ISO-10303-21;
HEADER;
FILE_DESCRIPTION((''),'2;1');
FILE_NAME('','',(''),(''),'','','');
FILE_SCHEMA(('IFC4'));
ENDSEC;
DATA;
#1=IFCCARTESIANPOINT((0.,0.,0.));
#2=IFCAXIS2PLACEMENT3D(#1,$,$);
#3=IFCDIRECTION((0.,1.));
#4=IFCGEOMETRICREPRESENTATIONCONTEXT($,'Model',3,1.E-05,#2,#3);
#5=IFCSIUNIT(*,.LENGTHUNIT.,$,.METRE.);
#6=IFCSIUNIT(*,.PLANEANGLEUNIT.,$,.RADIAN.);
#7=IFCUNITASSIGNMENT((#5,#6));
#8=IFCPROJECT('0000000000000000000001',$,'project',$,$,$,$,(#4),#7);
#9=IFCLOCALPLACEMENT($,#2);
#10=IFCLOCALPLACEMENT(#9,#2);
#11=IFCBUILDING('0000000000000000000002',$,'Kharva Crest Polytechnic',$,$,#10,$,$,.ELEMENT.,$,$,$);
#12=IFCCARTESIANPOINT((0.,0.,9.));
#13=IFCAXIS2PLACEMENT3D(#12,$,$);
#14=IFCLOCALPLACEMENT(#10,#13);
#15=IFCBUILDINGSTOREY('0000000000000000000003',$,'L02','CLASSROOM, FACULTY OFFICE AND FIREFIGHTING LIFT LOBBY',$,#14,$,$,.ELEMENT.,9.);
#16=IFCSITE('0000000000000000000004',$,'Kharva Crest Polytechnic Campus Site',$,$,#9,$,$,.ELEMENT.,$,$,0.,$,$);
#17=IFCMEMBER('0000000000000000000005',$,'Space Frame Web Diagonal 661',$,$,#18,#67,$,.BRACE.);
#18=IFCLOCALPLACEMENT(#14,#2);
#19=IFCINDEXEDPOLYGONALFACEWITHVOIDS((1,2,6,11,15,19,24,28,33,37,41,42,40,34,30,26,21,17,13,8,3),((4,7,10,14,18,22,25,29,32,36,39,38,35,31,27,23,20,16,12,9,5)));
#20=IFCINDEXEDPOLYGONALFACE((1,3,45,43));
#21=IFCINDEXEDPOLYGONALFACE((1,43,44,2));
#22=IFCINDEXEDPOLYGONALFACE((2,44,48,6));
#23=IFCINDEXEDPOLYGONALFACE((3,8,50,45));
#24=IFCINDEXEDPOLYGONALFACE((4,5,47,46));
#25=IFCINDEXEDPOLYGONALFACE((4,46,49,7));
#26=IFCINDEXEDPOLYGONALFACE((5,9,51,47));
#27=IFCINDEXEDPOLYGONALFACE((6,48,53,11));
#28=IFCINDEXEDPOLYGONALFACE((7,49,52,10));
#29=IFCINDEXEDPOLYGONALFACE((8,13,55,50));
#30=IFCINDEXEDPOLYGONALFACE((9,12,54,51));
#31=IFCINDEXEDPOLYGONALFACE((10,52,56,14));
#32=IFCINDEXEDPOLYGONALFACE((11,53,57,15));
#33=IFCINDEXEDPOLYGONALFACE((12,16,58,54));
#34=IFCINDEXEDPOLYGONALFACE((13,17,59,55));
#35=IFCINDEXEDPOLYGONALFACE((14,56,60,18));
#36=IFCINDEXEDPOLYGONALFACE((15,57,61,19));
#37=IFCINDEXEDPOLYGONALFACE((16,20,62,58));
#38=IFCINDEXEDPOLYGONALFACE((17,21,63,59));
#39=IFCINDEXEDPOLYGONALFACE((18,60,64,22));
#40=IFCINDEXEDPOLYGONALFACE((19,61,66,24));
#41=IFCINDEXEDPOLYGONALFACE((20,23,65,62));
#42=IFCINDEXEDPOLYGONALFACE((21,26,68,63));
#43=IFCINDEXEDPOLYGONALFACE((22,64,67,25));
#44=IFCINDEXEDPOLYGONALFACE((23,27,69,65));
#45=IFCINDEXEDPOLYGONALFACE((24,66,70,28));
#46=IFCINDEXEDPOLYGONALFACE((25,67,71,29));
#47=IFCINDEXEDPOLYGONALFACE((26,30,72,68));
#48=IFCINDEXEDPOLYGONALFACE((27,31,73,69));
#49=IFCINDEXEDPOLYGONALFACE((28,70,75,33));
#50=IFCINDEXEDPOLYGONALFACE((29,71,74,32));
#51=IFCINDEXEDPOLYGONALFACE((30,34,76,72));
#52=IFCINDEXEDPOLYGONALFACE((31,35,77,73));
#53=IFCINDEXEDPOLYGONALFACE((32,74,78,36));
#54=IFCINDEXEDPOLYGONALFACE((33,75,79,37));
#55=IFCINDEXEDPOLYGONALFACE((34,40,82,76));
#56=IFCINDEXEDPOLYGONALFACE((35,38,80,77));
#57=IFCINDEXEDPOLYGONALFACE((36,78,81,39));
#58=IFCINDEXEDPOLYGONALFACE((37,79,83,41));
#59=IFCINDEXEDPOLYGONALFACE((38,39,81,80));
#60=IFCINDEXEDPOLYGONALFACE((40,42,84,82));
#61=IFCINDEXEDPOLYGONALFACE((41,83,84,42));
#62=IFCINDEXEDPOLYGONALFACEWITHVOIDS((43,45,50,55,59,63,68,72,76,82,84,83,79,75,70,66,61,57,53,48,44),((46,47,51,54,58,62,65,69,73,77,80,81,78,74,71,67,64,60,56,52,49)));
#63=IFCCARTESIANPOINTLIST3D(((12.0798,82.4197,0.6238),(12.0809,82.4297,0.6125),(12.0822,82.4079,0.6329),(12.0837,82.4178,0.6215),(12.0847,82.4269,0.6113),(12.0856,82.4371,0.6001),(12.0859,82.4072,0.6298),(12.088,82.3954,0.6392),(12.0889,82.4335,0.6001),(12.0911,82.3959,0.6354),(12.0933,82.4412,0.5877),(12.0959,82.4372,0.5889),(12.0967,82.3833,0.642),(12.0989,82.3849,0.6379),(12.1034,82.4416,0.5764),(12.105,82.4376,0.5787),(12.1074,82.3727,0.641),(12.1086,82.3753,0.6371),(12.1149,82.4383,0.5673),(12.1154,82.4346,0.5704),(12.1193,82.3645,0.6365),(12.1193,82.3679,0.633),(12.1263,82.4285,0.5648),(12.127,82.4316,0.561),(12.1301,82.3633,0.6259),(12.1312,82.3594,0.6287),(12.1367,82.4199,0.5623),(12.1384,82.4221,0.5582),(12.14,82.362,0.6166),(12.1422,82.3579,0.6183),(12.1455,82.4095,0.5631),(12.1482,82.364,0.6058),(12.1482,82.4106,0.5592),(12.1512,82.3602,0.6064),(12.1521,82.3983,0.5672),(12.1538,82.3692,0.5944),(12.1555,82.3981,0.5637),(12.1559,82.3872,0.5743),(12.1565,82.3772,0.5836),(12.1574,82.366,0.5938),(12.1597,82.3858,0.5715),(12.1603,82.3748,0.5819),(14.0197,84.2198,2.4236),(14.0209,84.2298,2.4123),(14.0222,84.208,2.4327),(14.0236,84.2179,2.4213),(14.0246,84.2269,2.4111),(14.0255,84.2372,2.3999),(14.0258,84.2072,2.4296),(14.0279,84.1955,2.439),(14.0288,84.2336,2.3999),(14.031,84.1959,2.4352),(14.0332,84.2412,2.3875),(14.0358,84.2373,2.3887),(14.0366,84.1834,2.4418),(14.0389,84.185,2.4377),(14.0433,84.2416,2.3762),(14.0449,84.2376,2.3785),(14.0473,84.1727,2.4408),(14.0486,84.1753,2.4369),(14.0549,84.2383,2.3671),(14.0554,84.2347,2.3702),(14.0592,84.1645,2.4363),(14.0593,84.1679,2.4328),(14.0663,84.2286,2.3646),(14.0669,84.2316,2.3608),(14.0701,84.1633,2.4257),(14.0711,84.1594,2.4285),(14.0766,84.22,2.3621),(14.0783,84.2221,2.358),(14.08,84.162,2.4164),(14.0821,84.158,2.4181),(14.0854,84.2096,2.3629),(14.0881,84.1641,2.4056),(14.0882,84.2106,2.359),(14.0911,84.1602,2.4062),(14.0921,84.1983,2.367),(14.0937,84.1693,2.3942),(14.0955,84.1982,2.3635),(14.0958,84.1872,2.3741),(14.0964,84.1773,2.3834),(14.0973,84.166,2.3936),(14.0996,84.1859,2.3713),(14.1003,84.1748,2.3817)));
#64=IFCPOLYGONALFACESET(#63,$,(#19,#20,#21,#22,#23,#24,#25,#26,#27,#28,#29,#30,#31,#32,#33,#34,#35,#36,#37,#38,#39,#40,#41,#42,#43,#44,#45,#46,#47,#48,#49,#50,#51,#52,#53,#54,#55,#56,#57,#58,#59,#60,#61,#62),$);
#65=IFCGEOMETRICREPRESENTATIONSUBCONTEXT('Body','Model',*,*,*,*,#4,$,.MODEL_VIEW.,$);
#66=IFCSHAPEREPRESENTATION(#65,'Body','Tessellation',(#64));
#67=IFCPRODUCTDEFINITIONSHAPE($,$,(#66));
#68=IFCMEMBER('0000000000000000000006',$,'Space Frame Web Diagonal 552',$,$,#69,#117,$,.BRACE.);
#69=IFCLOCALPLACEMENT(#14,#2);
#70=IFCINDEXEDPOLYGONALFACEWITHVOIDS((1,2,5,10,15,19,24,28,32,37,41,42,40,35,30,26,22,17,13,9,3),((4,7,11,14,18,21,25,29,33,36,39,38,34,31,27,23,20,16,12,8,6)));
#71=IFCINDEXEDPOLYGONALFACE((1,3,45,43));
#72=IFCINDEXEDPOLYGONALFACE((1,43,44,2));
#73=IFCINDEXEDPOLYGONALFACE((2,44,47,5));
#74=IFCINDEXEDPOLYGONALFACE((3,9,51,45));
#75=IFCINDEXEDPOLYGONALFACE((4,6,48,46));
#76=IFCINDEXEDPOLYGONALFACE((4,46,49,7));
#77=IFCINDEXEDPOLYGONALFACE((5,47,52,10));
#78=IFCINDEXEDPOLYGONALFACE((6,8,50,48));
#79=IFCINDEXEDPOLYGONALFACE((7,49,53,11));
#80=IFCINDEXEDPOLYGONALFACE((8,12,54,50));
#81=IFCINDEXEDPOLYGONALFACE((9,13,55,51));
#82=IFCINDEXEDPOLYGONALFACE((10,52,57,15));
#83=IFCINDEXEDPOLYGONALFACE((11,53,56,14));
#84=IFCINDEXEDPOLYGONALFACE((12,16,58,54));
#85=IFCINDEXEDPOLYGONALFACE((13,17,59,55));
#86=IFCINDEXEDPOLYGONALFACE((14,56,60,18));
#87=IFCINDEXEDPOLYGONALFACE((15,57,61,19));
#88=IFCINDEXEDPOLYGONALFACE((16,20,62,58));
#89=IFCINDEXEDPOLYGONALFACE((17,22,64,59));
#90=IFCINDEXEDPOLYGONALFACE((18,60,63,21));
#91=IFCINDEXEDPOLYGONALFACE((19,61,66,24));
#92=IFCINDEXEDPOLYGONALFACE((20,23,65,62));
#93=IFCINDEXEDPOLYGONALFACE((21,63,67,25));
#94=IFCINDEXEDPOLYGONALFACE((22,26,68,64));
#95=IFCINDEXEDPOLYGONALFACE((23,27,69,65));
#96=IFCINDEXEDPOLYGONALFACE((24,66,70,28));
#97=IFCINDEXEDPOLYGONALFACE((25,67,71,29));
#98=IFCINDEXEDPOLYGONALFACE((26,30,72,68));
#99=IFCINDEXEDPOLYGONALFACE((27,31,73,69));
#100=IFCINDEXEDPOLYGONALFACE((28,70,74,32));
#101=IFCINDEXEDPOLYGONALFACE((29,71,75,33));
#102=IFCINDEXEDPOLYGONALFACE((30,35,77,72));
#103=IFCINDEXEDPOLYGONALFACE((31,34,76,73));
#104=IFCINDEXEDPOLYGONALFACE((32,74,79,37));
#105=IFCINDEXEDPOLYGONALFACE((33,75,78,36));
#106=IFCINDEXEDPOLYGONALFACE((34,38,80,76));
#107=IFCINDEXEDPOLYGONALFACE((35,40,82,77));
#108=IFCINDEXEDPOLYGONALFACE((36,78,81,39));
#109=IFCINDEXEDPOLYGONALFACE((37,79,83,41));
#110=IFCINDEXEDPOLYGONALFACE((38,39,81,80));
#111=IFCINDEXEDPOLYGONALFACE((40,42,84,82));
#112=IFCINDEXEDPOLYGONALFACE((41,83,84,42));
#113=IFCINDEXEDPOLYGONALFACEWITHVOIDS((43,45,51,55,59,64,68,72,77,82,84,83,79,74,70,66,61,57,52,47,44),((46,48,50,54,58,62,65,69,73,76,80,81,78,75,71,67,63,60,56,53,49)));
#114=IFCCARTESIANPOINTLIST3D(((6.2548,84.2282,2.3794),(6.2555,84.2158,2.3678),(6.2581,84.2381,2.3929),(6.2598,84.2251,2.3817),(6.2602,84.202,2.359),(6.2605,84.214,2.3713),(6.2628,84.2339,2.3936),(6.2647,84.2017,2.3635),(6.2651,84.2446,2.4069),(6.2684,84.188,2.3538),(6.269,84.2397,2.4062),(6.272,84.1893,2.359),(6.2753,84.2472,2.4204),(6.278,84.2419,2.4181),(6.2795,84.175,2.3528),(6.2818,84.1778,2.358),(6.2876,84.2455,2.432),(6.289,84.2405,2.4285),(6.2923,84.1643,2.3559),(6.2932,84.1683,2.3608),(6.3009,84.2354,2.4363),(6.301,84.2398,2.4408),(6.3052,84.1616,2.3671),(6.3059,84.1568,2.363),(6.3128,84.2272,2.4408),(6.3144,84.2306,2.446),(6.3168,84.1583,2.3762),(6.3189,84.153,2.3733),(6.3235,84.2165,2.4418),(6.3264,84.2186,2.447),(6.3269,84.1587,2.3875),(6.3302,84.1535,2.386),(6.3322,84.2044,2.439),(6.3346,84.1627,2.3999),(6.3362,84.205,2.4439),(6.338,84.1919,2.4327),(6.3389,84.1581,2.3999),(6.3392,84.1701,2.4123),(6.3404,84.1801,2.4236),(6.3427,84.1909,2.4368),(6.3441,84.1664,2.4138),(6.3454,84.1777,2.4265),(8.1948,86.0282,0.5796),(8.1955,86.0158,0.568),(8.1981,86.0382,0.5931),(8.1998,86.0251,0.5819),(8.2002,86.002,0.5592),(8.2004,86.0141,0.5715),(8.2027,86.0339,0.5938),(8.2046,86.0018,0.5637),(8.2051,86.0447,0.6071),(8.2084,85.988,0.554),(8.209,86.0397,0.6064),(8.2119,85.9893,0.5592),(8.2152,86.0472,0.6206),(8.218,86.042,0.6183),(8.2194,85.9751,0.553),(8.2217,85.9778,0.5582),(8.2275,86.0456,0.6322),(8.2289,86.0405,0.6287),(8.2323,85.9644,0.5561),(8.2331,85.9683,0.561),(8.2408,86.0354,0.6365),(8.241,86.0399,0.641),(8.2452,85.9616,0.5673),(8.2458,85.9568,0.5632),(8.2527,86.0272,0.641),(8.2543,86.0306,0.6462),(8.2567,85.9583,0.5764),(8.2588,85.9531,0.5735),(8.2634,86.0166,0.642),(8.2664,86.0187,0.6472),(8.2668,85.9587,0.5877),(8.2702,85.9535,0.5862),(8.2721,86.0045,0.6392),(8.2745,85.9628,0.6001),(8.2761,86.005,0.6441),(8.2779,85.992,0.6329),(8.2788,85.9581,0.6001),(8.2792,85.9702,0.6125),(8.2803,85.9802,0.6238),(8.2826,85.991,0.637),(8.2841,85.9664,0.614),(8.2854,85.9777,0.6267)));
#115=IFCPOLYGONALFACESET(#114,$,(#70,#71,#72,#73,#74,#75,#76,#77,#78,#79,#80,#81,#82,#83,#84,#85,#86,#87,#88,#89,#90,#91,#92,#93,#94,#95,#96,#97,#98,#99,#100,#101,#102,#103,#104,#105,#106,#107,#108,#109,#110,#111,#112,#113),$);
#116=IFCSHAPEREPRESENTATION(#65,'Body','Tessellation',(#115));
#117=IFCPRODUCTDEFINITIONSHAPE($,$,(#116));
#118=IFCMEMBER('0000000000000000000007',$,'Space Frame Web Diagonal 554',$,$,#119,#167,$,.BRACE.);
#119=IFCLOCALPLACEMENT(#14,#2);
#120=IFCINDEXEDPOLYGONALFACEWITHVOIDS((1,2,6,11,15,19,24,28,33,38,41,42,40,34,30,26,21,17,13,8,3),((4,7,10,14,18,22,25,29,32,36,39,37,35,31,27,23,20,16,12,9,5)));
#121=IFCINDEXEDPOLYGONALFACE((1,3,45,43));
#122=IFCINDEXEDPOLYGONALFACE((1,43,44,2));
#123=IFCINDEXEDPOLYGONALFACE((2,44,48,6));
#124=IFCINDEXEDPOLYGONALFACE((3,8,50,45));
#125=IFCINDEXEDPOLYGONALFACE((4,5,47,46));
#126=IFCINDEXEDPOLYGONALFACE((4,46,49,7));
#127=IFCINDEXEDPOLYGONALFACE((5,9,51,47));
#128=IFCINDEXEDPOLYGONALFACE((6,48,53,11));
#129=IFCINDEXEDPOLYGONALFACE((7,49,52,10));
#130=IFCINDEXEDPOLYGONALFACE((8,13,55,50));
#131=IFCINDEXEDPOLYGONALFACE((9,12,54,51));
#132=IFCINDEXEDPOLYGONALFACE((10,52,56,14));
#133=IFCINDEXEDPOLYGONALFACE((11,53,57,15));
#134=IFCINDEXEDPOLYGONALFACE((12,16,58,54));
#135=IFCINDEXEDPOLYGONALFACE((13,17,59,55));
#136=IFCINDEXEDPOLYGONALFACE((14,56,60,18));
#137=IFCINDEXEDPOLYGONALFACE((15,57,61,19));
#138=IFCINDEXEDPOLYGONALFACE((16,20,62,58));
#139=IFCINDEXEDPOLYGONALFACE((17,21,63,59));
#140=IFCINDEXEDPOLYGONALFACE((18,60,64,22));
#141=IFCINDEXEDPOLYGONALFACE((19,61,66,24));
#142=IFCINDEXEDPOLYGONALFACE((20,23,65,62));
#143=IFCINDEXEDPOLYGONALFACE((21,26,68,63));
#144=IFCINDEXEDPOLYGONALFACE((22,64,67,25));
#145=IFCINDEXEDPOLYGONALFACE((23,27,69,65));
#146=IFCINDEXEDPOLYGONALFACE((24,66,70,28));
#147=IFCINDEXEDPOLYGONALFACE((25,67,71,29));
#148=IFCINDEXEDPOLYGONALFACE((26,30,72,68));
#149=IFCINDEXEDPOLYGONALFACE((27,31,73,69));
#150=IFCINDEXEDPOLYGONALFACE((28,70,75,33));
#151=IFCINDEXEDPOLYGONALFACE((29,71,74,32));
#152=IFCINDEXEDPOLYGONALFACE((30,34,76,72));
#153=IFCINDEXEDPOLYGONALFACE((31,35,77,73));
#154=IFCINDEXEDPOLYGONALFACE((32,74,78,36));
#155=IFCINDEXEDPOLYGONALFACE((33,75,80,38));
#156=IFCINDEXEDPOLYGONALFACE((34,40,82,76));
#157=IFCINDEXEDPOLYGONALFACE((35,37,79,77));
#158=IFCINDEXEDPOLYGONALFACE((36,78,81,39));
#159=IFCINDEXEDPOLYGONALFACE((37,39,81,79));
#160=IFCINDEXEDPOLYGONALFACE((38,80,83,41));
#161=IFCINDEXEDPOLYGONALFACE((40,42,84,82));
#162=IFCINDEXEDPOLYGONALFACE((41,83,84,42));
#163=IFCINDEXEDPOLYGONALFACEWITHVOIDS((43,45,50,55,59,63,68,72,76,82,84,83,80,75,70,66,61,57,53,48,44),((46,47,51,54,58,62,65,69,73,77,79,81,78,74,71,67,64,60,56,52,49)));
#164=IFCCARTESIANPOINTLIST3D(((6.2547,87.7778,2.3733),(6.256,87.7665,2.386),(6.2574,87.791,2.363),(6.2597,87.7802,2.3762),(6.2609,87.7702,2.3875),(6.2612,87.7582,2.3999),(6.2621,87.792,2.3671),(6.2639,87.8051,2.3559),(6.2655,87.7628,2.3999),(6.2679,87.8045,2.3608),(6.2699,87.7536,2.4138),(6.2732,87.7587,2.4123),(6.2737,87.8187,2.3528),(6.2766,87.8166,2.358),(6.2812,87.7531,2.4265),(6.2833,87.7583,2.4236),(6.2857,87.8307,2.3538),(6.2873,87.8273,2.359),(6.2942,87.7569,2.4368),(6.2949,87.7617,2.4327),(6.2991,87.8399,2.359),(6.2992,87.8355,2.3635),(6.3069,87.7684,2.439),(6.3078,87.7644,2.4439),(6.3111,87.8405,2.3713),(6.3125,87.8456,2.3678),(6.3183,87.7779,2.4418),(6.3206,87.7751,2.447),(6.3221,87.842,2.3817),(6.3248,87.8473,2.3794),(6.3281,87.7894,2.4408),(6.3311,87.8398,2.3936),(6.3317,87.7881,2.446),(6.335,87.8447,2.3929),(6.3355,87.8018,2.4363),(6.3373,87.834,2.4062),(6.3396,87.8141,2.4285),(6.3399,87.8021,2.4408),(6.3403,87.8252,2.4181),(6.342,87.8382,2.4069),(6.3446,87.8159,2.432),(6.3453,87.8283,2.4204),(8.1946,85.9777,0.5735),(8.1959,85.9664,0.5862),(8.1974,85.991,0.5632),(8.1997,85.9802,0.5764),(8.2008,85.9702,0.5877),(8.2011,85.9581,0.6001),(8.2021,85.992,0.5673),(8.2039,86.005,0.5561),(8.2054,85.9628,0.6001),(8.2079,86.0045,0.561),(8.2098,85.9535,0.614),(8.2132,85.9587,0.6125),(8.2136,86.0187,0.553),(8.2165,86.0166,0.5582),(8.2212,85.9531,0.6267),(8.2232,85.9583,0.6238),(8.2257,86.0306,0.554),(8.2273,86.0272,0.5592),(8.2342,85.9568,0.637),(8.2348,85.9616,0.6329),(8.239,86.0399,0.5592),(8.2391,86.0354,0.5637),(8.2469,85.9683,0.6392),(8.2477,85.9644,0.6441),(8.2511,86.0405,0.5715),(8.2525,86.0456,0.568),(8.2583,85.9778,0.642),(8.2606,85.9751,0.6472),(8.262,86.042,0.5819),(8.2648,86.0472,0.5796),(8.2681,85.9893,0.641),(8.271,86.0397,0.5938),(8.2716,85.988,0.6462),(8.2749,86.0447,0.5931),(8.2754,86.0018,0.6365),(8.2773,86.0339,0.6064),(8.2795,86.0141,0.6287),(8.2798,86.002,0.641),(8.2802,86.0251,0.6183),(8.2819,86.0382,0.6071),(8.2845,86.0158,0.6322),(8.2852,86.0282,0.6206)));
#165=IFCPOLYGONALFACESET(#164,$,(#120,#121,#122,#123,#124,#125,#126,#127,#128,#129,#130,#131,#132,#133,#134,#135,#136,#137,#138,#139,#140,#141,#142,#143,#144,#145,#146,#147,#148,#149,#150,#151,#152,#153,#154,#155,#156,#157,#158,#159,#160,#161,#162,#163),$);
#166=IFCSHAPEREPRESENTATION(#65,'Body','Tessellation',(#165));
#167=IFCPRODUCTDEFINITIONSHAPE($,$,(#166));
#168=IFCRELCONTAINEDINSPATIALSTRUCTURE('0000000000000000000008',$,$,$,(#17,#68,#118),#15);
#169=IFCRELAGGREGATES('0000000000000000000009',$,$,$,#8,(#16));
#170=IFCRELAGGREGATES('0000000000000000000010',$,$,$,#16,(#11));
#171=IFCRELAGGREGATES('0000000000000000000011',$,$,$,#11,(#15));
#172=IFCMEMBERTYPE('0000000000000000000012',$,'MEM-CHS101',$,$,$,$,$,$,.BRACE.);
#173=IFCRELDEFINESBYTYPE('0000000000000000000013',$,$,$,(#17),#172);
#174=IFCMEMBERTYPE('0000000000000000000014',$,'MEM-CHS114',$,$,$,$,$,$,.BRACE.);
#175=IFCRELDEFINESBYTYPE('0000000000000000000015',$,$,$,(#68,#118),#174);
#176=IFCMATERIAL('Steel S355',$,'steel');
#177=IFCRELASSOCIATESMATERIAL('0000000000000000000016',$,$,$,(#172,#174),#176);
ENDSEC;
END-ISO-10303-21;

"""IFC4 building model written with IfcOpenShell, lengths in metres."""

from ifc_helpers import new_model, si_unit, direction, frame, origin, origin_2d, place, context, subcontext, project, spatial, hollow_circle, extrude, material, material_profile, profile_set, type_object, element, save


model = new_model("IFC4")

# Units and contexts
model_context = context("Model", 3, precision=1e-05, world=origin(), true_north=direction((0.0, 1.0)))
body_context = subcontext(model_context, "Body", "Model", "MODEL_VIEW")
ifc_project = project(units=[si_unit("LENGTHUNIT", "METRE"), si_unit("PLANEANGLEUNIT", "RADIAN")], contexts=[model_context])

# Site, building, storey
site_placement = place(None, origin())
site = spatial("IfcSite", under=ifc_project, at=site_placement, Name="Kharva Crest Polytechnic Campus Site", CompositionType="ELEMENT", RefElevation=0.0)
building_placement = place(site_placement, origin())
building = spatial("IfcBuilding", under=site, at=building_placement, Name="Kharva Crest Polytechnic", CompositionType="ELEMENT")
storey_placement = place(building_placement, frame((0.0, 0.0, 9.0)))
storey = spatial("IfcBuildingStorey", under=building, at=storey_placement, Name="L02", Description="CLASSROOM, FACULTY OFFICE AND FIREFIGHTING LIFT LOBBY", CompositionType="ELEMENT", Elevation=9.0)

# Shared definitions
ifc_material_1 = material(Name="Steel S355", Category="steel")

# Members
ifc_material_profile_1 = material_profile(ifc_material_1, hollow_circle(Radius=0.0508, WallThickness=0.0049, at=origin_2d()), Name="CHS 101.6X5.0")
ifc_profile_set_1 = profile_set([ifc_material_profile_1], Name="Steel S355")
member_type_1 = type_object("IfcMemberType", Name="MEM-CHS101", PredefinedType="BRACE", material=ifc_profile_set_1)
member_1_placement = place(storey_placement, frame((12.1201, 82.3999, 0.6001), z_axis=(0.606147, 0.562437, 0.562361), x_axis=(-0.680182, 0.733043, 0.0)))
element("IfcMember", 1, at=member_1_placement, inside=storey, type_object=member_type_1, Name="Space Frame Web Diagonal 661", PredefinedType="BRACE", context=body_context, shape_type="SweptSolid", body=[
    extrude(hollow_circle(Radius=0.0508, WallThickness=0.0049, at=origin_2d()), origin(), (0.0, 0.0, 1.0), 3.2004),
])
ifc_material_profile_2 = material_profile(ifc_material_1, hollow_circle(Radius=0.0571, WallThickness=0.0063, at=origin_2d()), Name="CHS 114.3X6.3")
ifc_profile_set_2 = profile_set([ifc_material_profile_2], Name="Steel S355")
member_type_2 = type_object("IfcMemberType", Name="MEM-CHS114", PredefinedType="BRACE", material=ifc_profile_set_2)
for number, where, z_axis, x_axis, name in (
    (2, (8.24, 86.0, 0.6001), (-0.606147, -0.562437, 0.562361), (0.680182, -0.733043, 0.0), "Space Frame Web Diagonal 552"),
    (3, (8.24, 86.0, 0.6001), (-0.606147, 0.562437, 0.562361), (-0.680182, -0.733043, 0.0), "Space Frame Web Diagonal 554"),
):
    element("IfcMember", number, at=place(storey_placement, frame(where, z_axis=z_axis, x_axis=x_axis)), inside=storey, type_object=member_type_2, Name=name, PredefinedType="BRACE", context=body_context, shape_type="SweptSolid", body=[
        extrude(hollow_circle(Radius=0.0571, WallThickness=0.0063, at=origin_2d()), origin(), (0.0, 0.0, 1.0), 3.2004),
    ])

save(model, "model.ifc")
